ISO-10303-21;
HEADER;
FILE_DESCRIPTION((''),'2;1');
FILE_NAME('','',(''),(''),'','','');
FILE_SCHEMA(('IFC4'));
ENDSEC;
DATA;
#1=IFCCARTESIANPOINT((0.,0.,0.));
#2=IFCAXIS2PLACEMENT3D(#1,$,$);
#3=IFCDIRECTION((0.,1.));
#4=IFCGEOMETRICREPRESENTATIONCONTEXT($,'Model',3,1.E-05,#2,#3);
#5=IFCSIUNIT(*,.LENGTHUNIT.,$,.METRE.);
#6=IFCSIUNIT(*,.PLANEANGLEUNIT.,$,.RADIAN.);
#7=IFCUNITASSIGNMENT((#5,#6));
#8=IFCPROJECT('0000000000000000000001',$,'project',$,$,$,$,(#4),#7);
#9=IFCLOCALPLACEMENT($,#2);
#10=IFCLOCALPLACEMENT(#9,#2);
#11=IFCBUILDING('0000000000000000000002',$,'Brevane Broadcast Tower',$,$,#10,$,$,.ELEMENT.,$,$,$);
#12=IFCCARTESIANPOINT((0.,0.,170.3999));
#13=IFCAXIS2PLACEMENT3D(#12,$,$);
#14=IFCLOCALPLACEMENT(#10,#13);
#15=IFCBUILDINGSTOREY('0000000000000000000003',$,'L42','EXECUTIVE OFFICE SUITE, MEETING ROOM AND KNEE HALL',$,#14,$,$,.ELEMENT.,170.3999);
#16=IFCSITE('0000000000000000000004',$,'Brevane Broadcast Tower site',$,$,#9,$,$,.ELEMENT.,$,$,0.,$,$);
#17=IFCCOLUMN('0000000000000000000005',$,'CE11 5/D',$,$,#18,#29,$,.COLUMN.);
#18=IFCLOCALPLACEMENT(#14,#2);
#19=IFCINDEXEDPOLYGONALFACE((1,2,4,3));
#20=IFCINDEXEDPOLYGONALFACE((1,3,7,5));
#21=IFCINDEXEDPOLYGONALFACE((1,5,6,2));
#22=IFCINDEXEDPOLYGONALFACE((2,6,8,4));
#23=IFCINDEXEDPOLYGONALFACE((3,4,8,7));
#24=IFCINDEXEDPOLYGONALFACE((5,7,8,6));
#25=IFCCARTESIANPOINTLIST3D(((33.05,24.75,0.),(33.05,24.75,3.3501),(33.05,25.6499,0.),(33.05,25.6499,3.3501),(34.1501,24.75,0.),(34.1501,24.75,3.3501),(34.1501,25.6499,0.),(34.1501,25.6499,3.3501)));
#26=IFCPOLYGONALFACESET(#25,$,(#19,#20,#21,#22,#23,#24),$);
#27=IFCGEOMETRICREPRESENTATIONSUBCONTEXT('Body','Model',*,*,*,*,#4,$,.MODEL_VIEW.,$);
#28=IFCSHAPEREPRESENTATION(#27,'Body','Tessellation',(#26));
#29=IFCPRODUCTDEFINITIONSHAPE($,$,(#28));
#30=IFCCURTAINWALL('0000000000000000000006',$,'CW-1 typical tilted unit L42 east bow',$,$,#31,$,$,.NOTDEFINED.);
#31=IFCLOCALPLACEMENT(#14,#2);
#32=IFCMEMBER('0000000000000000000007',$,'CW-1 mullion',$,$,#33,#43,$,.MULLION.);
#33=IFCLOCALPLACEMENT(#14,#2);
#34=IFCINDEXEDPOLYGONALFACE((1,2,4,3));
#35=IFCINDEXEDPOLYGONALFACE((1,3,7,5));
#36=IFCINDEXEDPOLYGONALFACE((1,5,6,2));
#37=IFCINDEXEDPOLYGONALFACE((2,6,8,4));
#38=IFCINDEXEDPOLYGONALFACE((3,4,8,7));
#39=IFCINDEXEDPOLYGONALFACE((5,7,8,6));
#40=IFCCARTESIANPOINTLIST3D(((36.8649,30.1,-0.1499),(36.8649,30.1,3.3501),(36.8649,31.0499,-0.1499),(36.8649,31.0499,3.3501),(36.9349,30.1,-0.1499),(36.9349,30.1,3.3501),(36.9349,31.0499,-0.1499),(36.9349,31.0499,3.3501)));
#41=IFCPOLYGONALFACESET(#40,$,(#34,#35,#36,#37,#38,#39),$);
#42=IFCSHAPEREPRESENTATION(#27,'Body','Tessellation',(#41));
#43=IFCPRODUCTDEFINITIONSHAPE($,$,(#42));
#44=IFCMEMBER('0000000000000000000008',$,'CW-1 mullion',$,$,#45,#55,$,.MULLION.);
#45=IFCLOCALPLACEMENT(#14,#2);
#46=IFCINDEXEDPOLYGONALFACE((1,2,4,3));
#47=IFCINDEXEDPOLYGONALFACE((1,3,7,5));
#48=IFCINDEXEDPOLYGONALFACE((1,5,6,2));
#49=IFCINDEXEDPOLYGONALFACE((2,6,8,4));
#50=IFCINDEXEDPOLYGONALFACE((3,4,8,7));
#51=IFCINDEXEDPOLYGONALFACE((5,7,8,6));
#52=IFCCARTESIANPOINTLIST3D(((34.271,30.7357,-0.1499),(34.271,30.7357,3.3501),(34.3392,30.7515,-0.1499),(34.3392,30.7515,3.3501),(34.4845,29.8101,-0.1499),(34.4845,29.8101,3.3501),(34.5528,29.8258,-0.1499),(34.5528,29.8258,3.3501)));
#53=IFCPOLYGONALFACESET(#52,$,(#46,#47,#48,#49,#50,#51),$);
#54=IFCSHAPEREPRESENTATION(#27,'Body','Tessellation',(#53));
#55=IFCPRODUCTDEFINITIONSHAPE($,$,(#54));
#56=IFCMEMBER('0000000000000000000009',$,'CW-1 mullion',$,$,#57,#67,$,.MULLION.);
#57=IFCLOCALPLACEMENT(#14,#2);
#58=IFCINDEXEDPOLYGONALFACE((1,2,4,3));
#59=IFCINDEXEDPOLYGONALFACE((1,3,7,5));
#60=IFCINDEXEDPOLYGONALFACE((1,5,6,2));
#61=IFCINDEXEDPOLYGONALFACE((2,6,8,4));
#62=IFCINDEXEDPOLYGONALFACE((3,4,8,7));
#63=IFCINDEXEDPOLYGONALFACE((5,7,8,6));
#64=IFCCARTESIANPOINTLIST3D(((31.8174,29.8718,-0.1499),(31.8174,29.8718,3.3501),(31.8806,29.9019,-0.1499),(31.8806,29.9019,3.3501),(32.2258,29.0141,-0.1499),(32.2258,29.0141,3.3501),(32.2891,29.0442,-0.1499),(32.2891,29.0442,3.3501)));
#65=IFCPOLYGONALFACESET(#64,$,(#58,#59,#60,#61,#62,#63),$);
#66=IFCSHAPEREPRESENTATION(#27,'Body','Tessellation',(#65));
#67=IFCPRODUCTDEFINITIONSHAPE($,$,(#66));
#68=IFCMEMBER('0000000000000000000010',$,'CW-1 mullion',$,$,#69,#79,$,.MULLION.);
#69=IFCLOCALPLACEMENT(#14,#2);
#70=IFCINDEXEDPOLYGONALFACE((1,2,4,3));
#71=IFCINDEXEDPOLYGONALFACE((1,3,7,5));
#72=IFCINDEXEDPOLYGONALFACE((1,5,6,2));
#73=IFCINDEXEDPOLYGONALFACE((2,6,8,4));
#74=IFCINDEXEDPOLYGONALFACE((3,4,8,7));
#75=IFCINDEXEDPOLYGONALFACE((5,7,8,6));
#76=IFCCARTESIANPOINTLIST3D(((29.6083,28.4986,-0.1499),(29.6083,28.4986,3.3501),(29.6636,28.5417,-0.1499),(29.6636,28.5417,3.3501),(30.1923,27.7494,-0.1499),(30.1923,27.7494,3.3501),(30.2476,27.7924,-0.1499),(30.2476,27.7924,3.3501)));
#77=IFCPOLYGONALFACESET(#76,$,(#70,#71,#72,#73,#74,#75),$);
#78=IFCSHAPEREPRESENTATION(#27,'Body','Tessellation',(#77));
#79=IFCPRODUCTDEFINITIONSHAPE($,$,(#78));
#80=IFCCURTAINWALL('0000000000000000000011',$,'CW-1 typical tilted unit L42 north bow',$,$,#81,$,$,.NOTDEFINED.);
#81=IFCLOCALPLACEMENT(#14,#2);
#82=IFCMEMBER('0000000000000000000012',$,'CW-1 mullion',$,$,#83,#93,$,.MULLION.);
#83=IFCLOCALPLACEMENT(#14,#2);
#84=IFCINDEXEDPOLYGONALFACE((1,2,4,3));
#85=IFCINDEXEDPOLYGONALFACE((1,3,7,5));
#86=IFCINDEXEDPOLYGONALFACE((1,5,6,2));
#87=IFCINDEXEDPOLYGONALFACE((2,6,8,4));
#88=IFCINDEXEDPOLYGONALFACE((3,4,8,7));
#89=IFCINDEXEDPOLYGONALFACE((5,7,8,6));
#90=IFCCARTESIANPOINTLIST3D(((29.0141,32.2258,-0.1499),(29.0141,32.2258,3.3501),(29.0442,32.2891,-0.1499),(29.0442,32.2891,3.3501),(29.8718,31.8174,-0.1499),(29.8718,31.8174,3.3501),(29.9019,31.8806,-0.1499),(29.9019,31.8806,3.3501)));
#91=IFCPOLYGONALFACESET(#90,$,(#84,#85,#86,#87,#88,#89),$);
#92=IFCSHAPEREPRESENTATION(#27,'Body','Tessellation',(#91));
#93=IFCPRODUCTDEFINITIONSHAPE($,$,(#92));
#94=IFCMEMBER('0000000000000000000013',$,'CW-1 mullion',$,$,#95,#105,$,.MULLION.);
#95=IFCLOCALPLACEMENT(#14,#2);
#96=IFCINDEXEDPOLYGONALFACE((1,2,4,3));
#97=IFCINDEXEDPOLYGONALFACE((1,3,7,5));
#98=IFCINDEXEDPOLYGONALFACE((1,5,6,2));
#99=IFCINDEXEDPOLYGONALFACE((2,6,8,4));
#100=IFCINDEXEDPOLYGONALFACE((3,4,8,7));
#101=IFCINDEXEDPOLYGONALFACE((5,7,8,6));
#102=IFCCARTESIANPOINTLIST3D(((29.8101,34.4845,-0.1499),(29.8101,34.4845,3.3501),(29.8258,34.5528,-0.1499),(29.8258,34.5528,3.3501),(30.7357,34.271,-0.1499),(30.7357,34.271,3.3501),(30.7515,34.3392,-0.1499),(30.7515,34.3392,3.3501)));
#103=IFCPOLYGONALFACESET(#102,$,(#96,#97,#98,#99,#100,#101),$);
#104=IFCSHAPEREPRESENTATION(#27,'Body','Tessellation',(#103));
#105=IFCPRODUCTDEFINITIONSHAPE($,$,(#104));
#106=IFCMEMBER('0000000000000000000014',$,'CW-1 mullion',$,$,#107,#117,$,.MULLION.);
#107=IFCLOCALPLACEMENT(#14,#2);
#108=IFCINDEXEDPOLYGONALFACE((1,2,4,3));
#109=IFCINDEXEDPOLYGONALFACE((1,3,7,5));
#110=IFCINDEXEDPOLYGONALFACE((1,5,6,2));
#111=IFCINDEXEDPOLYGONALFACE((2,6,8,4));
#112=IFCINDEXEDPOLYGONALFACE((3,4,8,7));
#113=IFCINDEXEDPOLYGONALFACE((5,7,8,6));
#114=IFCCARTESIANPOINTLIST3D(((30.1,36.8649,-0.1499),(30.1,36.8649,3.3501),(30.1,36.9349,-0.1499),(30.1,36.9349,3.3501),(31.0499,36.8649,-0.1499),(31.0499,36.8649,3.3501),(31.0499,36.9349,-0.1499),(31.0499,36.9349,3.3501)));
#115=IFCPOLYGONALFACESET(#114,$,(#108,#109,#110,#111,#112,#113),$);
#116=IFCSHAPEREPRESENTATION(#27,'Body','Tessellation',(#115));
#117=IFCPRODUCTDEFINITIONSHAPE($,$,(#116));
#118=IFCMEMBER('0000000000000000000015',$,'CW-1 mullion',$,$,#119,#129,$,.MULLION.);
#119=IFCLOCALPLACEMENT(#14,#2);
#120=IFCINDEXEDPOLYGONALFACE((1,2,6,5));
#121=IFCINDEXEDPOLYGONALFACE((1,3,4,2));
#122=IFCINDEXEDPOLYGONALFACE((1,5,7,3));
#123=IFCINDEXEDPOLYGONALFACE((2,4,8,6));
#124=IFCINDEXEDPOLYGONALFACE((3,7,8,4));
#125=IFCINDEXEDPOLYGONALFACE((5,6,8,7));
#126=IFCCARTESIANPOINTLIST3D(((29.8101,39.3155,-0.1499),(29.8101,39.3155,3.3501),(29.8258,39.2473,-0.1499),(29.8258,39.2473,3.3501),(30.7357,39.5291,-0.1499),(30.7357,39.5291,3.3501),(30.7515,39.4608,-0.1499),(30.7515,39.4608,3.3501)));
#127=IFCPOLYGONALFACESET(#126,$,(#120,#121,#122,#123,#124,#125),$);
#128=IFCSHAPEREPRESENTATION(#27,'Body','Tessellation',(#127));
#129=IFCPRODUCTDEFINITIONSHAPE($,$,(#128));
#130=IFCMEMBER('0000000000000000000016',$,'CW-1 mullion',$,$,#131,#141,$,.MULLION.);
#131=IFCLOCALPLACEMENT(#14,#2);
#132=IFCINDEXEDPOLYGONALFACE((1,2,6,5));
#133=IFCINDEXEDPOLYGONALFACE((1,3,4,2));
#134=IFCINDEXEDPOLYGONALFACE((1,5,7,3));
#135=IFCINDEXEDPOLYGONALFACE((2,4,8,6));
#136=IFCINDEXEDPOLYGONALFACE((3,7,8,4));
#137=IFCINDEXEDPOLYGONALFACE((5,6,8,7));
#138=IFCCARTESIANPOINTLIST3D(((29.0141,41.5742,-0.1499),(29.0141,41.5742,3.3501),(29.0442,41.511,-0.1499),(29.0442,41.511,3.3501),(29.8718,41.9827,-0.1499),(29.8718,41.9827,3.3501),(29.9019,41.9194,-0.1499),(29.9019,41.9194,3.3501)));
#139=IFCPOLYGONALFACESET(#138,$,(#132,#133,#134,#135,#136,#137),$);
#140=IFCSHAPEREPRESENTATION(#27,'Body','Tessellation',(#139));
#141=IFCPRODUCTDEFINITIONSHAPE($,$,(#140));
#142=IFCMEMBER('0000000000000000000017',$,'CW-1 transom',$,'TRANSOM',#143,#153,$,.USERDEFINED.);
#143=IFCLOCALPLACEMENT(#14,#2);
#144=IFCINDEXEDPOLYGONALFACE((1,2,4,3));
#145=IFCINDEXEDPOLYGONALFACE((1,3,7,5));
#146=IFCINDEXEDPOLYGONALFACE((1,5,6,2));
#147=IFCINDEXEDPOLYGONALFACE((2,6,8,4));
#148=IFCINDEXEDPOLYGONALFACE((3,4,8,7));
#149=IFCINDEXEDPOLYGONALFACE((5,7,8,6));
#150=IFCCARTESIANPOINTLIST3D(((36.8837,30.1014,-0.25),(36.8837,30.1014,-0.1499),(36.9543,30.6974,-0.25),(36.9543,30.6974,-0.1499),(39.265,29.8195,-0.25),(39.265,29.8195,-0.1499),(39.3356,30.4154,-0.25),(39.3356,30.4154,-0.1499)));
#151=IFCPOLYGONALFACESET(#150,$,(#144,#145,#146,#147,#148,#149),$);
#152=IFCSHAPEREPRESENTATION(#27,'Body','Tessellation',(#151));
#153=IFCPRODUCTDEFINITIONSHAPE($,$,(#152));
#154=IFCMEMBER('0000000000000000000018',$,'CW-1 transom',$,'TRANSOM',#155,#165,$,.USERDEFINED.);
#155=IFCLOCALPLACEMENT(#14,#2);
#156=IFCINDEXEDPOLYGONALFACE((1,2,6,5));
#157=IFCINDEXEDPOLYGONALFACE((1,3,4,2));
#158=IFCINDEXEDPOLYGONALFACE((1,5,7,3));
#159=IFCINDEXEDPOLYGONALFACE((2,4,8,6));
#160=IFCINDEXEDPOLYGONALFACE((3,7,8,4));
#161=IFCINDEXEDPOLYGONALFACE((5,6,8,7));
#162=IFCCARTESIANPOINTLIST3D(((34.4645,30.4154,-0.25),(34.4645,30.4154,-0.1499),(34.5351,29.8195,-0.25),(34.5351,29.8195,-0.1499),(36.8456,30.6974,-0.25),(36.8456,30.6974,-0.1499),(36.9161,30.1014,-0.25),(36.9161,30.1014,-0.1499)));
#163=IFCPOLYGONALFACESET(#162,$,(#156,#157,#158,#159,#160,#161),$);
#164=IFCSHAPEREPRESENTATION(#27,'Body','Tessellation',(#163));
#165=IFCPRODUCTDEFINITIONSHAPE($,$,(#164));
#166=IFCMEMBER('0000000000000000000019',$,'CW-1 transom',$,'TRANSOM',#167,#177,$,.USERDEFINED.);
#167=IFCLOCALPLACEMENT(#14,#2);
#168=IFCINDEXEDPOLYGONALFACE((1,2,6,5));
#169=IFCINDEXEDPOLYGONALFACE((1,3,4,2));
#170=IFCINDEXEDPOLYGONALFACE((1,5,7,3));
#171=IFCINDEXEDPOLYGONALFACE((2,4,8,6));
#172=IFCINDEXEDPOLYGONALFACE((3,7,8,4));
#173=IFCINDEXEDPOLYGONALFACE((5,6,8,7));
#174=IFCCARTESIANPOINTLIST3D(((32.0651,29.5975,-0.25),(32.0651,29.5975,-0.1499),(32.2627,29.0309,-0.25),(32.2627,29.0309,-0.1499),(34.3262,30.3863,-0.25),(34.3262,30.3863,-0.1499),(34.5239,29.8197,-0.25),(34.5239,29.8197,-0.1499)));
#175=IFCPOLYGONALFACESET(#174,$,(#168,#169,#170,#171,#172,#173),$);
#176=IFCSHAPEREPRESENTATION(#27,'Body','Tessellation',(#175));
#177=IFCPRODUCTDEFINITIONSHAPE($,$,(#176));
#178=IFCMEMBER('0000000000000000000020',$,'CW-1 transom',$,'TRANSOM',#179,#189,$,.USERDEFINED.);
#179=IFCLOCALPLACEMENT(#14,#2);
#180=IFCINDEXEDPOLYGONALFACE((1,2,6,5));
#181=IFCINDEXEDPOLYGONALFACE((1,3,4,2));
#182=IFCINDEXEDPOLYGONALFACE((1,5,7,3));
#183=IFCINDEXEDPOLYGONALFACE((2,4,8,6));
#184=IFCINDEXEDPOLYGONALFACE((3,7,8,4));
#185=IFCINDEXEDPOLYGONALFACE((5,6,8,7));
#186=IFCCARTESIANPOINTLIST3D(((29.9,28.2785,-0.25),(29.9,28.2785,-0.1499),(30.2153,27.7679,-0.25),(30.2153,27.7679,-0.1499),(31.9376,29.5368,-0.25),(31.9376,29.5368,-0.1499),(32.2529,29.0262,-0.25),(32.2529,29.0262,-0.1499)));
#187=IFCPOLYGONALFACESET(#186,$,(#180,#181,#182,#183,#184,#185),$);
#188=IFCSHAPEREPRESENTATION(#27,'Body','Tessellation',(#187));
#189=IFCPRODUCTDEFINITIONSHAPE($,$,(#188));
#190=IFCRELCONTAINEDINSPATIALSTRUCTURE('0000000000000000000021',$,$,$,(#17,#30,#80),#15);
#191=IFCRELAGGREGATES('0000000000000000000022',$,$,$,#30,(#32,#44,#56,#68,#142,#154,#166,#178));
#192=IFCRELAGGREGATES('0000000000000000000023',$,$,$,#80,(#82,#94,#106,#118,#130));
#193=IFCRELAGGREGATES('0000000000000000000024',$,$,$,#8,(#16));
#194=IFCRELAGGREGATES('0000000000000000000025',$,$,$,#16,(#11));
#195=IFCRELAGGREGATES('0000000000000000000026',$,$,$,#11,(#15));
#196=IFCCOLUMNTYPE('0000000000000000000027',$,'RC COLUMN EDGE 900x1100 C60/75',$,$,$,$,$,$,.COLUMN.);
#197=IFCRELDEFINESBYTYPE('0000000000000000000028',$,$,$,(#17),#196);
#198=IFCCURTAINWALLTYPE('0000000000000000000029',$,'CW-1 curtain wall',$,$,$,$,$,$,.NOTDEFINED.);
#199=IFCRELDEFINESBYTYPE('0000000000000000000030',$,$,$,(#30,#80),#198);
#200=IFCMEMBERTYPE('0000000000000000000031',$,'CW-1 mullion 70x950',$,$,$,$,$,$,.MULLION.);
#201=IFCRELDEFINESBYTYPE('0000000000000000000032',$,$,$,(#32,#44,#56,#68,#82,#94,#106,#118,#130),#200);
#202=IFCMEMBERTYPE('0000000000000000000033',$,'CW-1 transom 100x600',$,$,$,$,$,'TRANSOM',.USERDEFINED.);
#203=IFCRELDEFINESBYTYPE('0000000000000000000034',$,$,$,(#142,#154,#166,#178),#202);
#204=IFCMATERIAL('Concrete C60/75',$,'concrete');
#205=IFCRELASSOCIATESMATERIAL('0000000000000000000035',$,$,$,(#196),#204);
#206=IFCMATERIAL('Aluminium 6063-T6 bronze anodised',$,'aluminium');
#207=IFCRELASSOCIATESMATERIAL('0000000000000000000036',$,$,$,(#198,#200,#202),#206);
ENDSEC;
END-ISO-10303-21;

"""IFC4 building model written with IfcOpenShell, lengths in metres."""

from ifc_helpers import new_model, si_unit, direction, frame, origin, origin_2d, place, context, subcontext, project, spatial, rectangle, extrude, material, material_profile, profile_set, type_object, element, aggregate, save


model = new_model("IFC4")

# Units and contexts
model_context = context("Model", 3, precision=1e-05, world=origin(), true_north=direction((0.0, 1.0)))
body_context = subcontext(model_context, "Body", "Model", "MODEL_VIEW")
ifc_project = project(units=[si_unit("LENGTHUNIT", "METRE"), si_unit("PLANEANGLEUNIT", "RADIAN")], contexts=[model_context])

# Site, building, storey
site_placement = place(None, origin())
site = spatial("IfcSite", under=ifc_project, at=site_placement, Name="Brevane Broadcast Tower site", CompositionType="ELEMENT", RefElevation=0.0)
building_placement = place(site_placement, origin())
building = spatial("IfcBuilding", under=site, at=building_placement, Name="Brevane Broadcast Tower", CompositionType="ELEMENT")
storey_placement = place(building_placement, frame((0.0, 0.0, 170.3999)))
storey = spatial("IfcBuildingStorey", under=building, at=storey_placement, Name="L42", Description="EXECUTIVE OFFICE SUITE, MEETING ROOM AND KNEE HALL", CompositionType="ELEMENT", Elevation=170.3999)

# Column
ifc_material_1 = material(Name="Concrete C60/75", Category="concrete")
ifc_material_profile_1 = material_profile(ifc_material_1, rectangle(XDim=0.8999, YDim=1.1001, at=origin_2d()), Name="RC 900x1100")
ifc_profile_set_1 = profile_set([ifc_material_profile_1], Name="Concrete C60/75")
column_type = type_object("IfcColumnType", Name="RC COLUMN EDGE 900x1100 C60/75", PredefinedType="COLUMN", material=ifc_profile_set_1)
column_placement = place(storey_placement, frame((33.6001, 25.2, 0.0), z_axis=(0.0, 0.0, 1.0), x_axis=(0.0, 1.0, 0.0)))
element("IfcColumn", 1, at=column_placement, inside=storey, type_object=column_type, Name="CE11 5/D", PredefinedType="COLUMN", context=body_context, shape_type="SweptSolid", body=[
    extrude(rectangle(XDim=0.8999, YDim=1.1001, at=origin_2d()), origin(), (0.0, 0.0, 1.0), 3.3501),
])

# Curtain walls, members
ifc_material_2 = material(Name="Aluminium 6063-T6 bronze anodised", Category="aluminium")
curtain_wall_type = type_object("IfcCurtainWallType", Name="CW-1 curtain wall", PredefinedType="NOTDEFINED", material=ifc_material_2)
curtain_wall_1_placement = place(storey_placement, origin())
curtain_wall_1 = element("IfcCurtainWall", 2, at=curtain_wall_1_placement, inside=storey, type_object=curtain_wall_type, Name="CW-1 typical tilted unit L42 east bow", PredefinedType="NOTDEFINED")
ifc_material_profile_2 = material_profile(ifc_material_2, rectangle(XDim=0.95, YDim=0.0701, at=origin_2d()), Name="RECT 70x950")
ifc_profile_set_2 = profile_set([ifc_material_profile_2], Name="Aluminium 6063-T6 bronze anodised")
member_type_1 = type_object("IfcMemberType", Name="CW-1 mullion 70x950", PredefinedType="MULLION", material=ifc_profile_set_2)
member_1_placement = place(storey_placement, frame((36.8999, 30.575, -0.1499), z_axis=(0.0, 0.0, 1.0), x_axis=(0.0, -1.0, 0.0)))
member_1 = element("IfcMember", 3, at=member_1_placement, type_object=member_type_1, Name="CW-1 mullion", PredefinedType="MULLION", context=body_context, shape_type="SweptSolid", body=[
    extrude(rectangle(XDim=0.95, YDim=0.0701, at=origin_2d()), origin(), (0.0, 0.0, 1.0), 3.5),
])
member_2_placement = place(storey_placement, frame((34.4119, 30.2808, -0.1499), z_axis=(0.0, 0.0, 1.0), x_axis=(0.224807, -0.974403, 0.0)))
member_2 = element("IfcMember", 4, at=member_2_placement, type_object=member_type_1, Name="CW-1 mullion", PredefinedType="MULLION", context=body_context, shape_type="SweptSolid", body=[
    extrude(rectangle(XDim=0.95, YDim=0.0701, at=origin_2d()), origin(), (0.0, 0.0, 1.0), 3.5),
])
member_3_placement = place(storey_placement, frame((32.0532, 29.458, -0.1499), z_axis=(0.0, 0.0, 1.0), x_axis=(0.429934, -0.902861, 0.0)))
member_3 = element("IfcMember", 5, at=member_3_placement, type_object=member_type_1, Name="CW-1 mullion", PredefinedType="MULLION", context=body_context, shape_type="SweptSolid", body=[
    extrude(rectangle(XDim=0.95, YDim=0.0701, at=origin_2d()), origin(), (0.0, 0.0, 1.0), 3.5),
])
member_4_placement = place(storey_placement, frame((29.928, 28.1455, -0.1499), z_axis=(0.0, 0.0, 1.0), x_axis=(0.61477, -0.788707, 0.0)))
member_4 = element("IfcMember", 6, at=member_4_placement, type_object=member_type_1, Name="CW-1 mullion", PredefinedType="MULLION", context=body_context, shape_type="SweptSolid", body=[
    extrude(rectangle(XDim=0.95, YDim=0.0701, at=origin_2d()), origin(), (0.0, 0.0, 1.0), 3.5),
])
curtain_wall_2_placement = place(storey_placement, origin())
curtain_wall_2 = element("IfcCurtainWall", 7, at=curtain_wall_2_placement, inside=storey, type_object=curtain_wall_type, Name="CW-1 typical tilted unit L42 north bow", PredefinedType="NOTDEFINED")
member_5_placement = place(storey_placement, frame((29.458, 32.0532, -0.1499), z_axis=(0.0, 0.0, 1.0), x_axis=(-0.902861, 0.429934, 0.0)))
member_5 = element("IfcMember", 8, at=member_5_placement, type_object=member_type_1, Name="CW-1 mullion", PredefinedType="MULLION", context=body_context, shape_type="SweptSolid", body=[
    extrude(rectangle(XDim=0.95, YDim=0.0701, at=origin_2d()), origin(), (0.0, 0.0, 1.0), 3.5),
])
member_6_placement = place(storey_placement, frame((30.2808, 34.4119, -0.1499), z_axis=(0.0, 0.0, 1.0), x_axis=(-0.974403, 0.224807, 0.0)))
member_6 = element("IfcMember", 9, at=member_6_placement, type_object=member_type_1, Name="CW-1 mullion", PredefinedType="MULLION", context=body_context, shape_type="SweptSolid", body=[
    extrude(rectangle(XDim=0.95, YDim=0.0701, at=origin_2d()), origin(), (0.0, 0.0, 1.0), 3.5),
])
member_7_placement = place(storey_placement, frame((30.575, 36.8999, -0.1499), z_axis=(0.0, 0.0, 1.0), x_axis=(-1.0, 0.0, 0.0)))
member_7 = element("IfcMember", 10, at=member_7_placement, type_object=member_type_1, Name="CW-1 mullion", PredefinedType="MULLION", context=body_context, shape_type="SweptSolid", body=[
    extrude(rectangle(XDim=0.95, YDim=0.0701, at=origin_2d()), origin(), (0.0, 0.0, 1.0), 3.5),
])
member_8_placement = place(storey_placement, frame((30.2808, 39.3882, -0.1499), z_axis=(0.0, 0.0, 1.0), x_axis=(-0.974403, -0.224807, 0.0)))
member_8 = element("IfcMember", 11, at=member_8_placement, type_object=member_type_1, Name="CW-1 mullion", PredefinedType="MULLION", context=body_context, shape_type="SweptSolid", body=[
    extrude(rectangle(XDim=0.95, YDim=0.0701, at=origin_2d()), origin(), (0.0, 0.0, 1.0), 3.5),
])
member_9_placement = place(storey_placement, frame((29.458, 41.7468, -0.1499), z_axis=(0.0, 0.0, 1.0), x_axis=(-0.902861, -0.429934, 0.0)))
member_9 = element("IfcMember", 12, at=member_9_placement, type_object=member_type_1, Name="CW-1 mullion", PredefinedType="MULLION", context=body_context, shape_type="SweptSolid", body=[
    extrude(rectangle(XDim=0.95, YDim=0.0701, at=origin_2d()), origin(), (0.0, 0.0, 1.0), 3.5),
])

# Members
ifc_material_profile_3 = material_profile(ifc_material_2, rectangle(XDim=0.6001, YDim=0.1001, at=origin_2d()), Name="RECT 100x600")
ifc_profile_set_3 = profile_set([ifc_material_profile_3], Name="Aluminium 6063-T6 bronze anodised")
member_type_2 = type_object("IfcMemberType", Name="CW-1 transom 100x600", ElementType="TRANSOM", PredefinedType="USERDEFINED", material=ifc_profile_set_3)
member_10_placement = place(storey_placement, frame((39.3003, 30.1174, -0.2), z_axis=(-0.993062, 0.117591, 0.0), x_axis=(-0.117591, -0.993062, 0.0)))
member_10 = element("IfcMember", 13, at=member_10_placement, type_object=member_type_2, Name="CW-1 transom", ObjectType="TRANSOM", PredefinedType="USERDEFINED", context=body_context, shape_type="SweptSolid", body=[
    extrude(rectangle(XDim=0.6001, YDim=0.1001, at=origin_2d()), origin(), (0.0, 0.0, 1.0), 2.3979),
])
member_11_placement = place(storey_placement, frame((36.8809, 30.3994, -0.2), z_axis=(-0.993061, -0.117603, 0.0), x_axis=(0.117603, -0.993061, 0.0)))
member_11 = element("IfcMember", 14, at=member_11_placement, type_object=member_type_2, Name="CW-1 transom", ObjectType="TRANSOM", PredefinedType="USERDEFINED", context=body_context, shape_type="SweptSolid", body=[
    extrude(rectangle(XDim=0.6001, YDim=0.1001, at=origin_2d()), origin(), (0.0, 0.0, 1.0), 2.3977),
])
member_12_placement = place(storey_placement, frame((34.425, 30.103, -0.2), z_axis=(-0.944198, -0.329378, 0.0), x_axis=(0.329378, -0.944198, 0.0)))
member_12 = element("IfcMember", 15, at=member_12_placement, type_object=member_type_2, Name="CW-1 transom", ObjectType="TRANSOM", PredefinedType="USERDEFINED", context=body_context, shape_type="SweptSolid", body=[
    extrude(rectangle(XDim=0.6001, YDim=0.1001, at=origin_2d()), origin(), (0.0, 0.0, 1.0), 2.3948),
])
member_13_placement = place(storey_placement, frame((32.0952, 29.2815, -0.2), z_axis=(-0.850838, -0.525428, 0.0), x_axis=(0.525428, -0.850838, 0.0)))
member_13 = element("IfcMember", 16, at=member_13_placement, type_object=member_type_2, Name="CW-1 transom", ObjectType="TRANSOM", PredefinedType="USERDEFINED", context=body_context, shape_type="SweptSolid", body=[
    extrude(rectangle(XDim=0.6001, YDim=0.1001, at=origin_2d()), origin(), (0.0, 0.0, 1.0), 2.3948),
])
aggregate(curtain_wall_1, [member_1, member_2, member_3, member_4, member_10, member_11, member_12, member_13])
aggregate(curtain_wall_2, [member_5, member_6, member_7, member_8, member_9])

save(model, "model.ifc")
